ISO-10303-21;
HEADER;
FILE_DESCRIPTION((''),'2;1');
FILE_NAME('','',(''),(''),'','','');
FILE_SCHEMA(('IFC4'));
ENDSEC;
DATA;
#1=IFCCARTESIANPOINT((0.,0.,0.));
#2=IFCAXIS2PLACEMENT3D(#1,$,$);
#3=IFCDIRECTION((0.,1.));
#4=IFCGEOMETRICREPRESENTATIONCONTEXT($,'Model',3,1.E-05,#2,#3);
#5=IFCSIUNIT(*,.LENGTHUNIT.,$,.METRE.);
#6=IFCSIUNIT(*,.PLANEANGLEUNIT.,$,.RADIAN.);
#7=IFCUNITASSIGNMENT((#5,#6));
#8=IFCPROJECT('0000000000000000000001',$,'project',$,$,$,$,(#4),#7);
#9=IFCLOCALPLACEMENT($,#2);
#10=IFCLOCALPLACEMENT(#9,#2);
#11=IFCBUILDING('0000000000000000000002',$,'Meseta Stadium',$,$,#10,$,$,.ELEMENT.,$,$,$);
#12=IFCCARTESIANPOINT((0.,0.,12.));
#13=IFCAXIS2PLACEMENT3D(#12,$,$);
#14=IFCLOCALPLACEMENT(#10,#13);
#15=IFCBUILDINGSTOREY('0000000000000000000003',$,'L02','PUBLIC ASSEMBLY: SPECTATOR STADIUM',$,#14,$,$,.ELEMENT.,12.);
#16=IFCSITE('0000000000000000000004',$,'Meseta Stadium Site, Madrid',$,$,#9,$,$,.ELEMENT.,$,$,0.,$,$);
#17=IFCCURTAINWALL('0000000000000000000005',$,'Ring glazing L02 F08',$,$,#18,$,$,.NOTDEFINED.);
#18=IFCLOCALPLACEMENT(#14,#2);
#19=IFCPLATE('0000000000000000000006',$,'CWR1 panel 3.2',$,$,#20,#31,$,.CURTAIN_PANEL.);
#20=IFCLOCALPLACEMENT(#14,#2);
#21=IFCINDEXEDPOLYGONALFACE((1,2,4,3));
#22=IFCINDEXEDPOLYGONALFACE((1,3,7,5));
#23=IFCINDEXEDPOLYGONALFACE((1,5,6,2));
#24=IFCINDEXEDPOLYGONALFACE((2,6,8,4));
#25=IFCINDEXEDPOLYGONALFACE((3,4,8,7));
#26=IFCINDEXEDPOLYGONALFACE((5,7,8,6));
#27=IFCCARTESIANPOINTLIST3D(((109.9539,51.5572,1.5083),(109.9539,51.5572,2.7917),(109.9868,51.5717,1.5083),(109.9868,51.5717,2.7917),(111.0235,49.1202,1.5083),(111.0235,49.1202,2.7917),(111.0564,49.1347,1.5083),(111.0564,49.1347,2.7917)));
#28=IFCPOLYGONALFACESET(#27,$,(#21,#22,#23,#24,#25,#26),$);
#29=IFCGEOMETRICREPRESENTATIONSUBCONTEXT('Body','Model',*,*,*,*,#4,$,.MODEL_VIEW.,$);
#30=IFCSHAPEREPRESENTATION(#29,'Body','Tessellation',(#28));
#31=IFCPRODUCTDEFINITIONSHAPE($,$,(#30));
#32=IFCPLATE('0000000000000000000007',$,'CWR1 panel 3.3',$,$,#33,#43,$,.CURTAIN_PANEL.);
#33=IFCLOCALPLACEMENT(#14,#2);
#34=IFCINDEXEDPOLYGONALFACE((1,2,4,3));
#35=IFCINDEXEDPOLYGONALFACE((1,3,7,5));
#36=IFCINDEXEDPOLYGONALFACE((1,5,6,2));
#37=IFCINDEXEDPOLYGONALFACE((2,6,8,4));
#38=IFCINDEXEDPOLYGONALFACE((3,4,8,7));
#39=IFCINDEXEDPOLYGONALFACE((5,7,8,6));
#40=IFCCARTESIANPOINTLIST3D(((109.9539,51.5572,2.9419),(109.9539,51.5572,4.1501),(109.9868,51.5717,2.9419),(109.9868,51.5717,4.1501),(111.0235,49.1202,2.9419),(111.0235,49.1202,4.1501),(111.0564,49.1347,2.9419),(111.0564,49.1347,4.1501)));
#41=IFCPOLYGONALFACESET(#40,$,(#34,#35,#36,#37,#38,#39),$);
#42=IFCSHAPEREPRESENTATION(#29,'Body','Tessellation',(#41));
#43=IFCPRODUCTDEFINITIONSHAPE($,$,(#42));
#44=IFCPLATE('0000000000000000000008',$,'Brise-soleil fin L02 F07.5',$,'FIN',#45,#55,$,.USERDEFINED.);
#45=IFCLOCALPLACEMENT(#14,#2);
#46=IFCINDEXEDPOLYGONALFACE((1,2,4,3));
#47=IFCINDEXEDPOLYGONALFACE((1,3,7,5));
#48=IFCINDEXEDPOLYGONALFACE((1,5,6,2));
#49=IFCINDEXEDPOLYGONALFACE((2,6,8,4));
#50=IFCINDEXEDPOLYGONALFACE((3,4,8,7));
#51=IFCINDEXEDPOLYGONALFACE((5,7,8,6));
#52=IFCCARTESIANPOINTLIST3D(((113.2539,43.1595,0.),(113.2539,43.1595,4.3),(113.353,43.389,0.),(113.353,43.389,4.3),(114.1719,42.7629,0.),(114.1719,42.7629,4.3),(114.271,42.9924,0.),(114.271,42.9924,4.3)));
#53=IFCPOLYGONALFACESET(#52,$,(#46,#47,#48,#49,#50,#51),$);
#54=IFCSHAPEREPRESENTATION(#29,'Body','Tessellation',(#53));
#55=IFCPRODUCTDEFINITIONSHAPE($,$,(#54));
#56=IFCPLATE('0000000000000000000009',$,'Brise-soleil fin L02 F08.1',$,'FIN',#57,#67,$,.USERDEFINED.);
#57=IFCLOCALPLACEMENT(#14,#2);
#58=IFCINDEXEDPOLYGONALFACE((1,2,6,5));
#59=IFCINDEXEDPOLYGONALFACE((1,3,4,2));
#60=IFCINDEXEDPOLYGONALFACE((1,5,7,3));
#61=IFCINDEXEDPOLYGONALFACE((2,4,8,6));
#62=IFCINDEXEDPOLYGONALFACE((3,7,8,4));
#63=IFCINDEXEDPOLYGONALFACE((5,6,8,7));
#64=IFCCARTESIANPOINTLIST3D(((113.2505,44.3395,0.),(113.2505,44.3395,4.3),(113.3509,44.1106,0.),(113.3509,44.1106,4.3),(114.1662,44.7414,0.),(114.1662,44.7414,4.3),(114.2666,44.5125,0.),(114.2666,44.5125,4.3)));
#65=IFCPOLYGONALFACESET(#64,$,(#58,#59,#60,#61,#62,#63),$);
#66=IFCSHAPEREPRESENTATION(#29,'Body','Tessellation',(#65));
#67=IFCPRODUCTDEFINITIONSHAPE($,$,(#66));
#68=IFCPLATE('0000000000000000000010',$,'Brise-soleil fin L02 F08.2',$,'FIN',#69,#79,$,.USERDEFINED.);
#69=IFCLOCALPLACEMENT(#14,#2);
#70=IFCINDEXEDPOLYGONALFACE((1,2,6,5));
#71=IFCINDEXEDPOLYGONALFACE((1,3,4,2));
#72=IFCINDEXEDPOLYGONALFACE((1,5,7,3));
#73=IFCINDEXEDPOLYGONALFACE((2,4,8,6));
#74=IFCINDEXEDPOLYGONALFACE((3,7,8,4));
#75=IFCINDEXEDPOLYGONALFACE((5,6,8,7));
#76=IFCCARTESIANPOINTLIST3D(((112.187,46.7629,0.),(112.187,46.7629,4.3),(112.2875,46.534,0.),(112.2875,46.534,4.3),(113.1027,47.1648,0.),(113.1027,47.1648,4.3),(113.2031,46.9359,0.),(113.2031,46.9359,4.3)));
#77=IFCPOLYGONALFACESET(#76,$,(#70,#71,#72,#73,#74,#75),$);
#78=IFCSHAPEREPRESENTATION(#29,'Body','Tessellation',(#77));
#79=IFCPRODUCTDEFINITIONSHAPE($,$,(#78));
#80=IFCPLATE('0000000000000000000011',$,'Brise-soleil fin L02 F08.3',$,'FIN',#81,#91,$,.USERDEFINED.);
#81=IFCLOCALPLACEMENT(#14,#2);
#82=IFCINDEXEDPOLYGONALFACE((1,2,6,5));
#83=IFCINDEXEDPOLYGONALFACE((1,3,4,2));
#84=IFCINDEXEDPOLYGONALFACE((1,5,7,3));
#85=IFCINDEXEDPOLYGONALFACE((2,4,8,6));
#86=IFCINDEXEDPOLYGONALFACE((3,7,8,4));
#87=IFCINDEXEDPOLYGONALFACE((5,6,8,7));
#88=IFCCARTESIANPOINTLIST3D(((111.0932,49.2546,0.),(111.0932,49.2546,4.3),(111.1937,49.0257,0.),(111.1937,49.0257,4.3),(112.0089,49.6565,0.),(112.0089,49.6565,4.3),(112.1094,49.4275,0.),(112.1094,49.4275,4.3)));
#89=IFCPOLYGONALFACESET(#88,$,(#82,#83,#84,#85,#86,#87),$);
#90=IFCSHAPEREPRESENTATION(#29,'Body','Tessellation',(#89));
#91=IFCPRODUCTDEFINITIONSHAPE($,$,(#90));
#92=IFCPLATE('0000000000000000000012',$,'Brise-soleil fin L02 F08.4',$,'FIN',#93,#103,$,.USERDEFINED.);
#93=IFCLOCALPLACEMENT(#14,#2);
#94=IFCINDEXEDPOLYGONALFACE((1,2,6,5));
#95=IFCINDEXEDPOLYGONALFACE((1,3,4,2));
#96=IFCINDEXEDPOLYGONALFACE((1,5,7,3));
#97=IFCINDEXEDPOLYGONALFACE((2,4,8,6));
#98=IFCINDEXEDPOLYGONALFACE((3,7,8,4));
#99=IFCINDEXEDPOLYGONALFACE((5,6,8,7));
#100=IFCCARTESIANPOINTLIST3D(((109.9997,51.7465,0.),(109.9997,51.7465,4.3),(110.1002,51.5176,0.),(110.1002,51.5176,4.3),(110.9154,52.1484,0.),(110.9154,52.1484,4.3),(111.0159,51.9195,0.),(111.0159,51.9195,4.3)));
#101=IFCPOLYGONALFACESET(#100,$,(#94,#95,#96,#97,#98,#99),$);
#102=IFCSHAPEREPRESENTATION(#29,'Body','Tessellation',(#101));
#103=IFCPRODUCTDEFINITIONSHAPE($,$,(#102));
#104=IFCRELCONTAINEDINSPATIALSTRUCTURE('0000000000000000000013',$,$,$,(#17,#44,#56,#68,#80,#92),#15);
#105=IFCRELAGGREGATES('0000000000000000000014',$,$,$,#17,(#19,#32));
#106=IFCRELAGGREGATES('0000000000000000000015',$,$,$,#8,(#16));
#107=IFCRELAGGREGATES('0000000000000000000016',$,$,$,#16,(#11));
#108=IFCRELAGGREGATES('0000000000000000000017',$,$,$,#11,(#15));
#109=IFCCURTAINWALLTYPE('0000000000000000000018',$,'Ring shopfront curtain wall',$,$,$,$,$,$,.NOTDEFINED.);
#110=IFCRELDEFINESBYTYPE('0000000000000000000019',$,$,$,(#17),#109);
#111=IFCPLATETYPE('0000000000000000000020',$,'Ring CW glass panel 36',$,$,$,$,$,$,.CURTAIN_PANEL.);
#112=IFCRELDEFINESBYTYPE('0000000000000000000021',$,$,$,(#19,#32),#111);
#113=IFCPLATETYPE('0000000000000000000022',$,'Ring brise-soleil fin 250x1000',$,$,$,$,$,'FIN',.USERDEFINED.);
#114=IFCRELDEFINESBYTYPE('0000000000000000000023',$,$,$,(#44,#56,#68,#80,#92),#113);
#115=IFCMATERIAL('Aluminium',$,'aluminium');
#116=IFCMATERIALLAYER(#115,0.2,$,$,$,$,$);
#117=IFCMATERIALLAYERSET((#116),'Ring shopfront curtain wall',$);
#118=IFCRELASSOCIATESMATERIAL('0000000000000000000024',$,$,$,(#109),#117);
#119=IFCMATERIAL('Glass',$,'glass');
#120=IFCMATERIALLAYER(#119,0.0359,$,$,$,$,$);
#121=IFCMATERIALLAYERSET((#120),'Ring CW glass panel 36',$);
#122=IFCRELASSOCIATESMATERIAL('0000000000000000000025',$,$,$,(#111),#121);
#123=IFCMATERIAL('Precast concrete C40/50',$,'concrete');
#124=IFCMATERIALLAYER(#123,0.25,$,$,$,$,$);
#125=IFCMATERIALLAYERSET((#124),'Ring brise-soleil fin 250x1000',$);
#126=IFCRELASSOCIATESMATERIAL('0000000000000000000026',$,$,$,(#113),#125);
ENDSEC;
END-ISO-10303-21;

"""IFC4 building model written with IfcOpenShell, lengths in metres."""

from ifc_helpers import new_model, si_unit, direction, frame, origin, origin_2d, place, context, subcontext, project, spatial, rectangle, extrude, material, layer, layer_set, type_object, element, aggregate, save


model = new_model("IFC4")

# Units and contexts
model_context = context("Model", 3, precision=1e-05, world=origin(), true_north=direction((0.0, 1.0)))
body_context = subcontext(model_context, "Body", "Model", "MODEL_VIEW")
ifc_project = project(units=[si_unit("LENGTHUNIT", "METRE"), si_unit("PLANEANGLEUNIT", "RADIAN")], contexts=[model_context])

# Site, building, storey
site_placement = place(None, origin())
site = spatial("IfcSite", under=ifc_project, at=site_placement, Name="Meseta Stadium Site, Madrid", CompositionType="ELEMENT", RefElevation=0.0)
building_placement = place(site_placement, origin())
building = spatial("IfcBuilding", under=site, at=building_placement, Name="Meseta Stadium", CompositionType="ELEMENT")
storey_placement = place(building_placement, frame((0.0, 0.0, 12.0)))
storey = spatial("IfcBuildingStorey", under=building, at=storey_placement, Name="L02", Description="PUBLIC ASSEMBLY: SPECTATOR STADIUM", CompositionType="ELEMENT", Elevation=12.0)

# Shared definitions
ifc_material_1 = material(Name="Aluminium", Category="aluminium")
ifc_layer_1 = layer(ifc_material_1, 0.2)
ifc_layer_set_1 = layer_set([ifc_layer_1], Name="Ring shopfront curtain wall")
curtain_wall_type = type_object("IfcCurtainWallType", Name="Ring shopfront curtain wall", PredefinedType="NOTDEFINED", material=ifc_layer_set_1)

# Curtain wall, plates
curtain_wall_1_placement = place(storey_placement, origin())
curtain_wall_1 = element("IfcCurtainWall", 1, at=curtain_wall_1_placement, inside=storey, type_object=curtain_wall_type, Name="Ring glazing L02 F08", PredefinedType="NOTDEFINED")
ifc_material_2 = material(Name="Glass", Category="glass")
ifc_layer_2 = layer(ifc_material_2, 0.0359)
ifc_layer_set_2 = layer_set([ifc_layer_2], Name="Ring CW glass panel 36")
plate_type_1 = type_object("IfcPlateType", Name="Ring CW glass panel 36", PredefinedType="CURTAIN_PANEL", material=ifc_layer_set_2)
plate_1_placement = place(storey_placement, frame((110.5051, 50.3459, 1.5083), z_axis=(0.0, 0.0, 1.0), x_axis=(-0.401892, 0.915687, 0.0)))
plate_1 = element("IfcPlate", 2, at=plate_1_placement, type_object=plate_type_1, Name="CWR1 panel 3.2", PredefinedType="CURTAIN_PANEL", context=body_context, shape_type="SweptSolid", body=[
    extrude(rectangle(XDim=2.6614, YDim=0.0359, at=origin_2d()), origin(), (0.0, 0.0, 1.0), 1.2834),
])
plate_2_placement = place(storey_placement, frame((110.5051, 50.3459, 2.9419), z_axis=(0.0, 0.0, 1.0), x_axis=(-0.401892, 0.915687, 0.0)))
plate_2 = element("IfcPlate", 3, at=plate_2_placement, type_object=plate_type_1, Name="CWR1 panel 3.3", PredefinedType="CURTAIN_PANEL", context=body_context, shape_type="SweptSolid", body=[
    extrude(rectangle(XDim=2.6614, YDim=0.0359, at=origin_2d()), origin(), (0.0, 0.0, 1.0), 1.2083),
])
aggregate(curtain_wall_1, [plate_1, plate_2])

# Plates
ifc_material_3 = material(Name="Precast concrete C40/50", Category="concrete")
ifc_layer_3 = layer(ifc_material_3, 0.25)
ifc_layer_set_3 = layer_set([ifc_layer_3], Name="Ring brise-soleil fin 250x1000")
plate_type_2 = type_object("IfcPlateType", Name="Ring brise-soleil fin 250x1000", ElementType="FIN", PredefinedType="USERDEFINED", material=ifc_layer_set_3)
for number, where, z_axis, x_axis, name in (
    (4, (113.7625, 43.0759, 0.0), (0.0, 0.0, 1.0), (0.396576, 0.918002, 0.0), "Brise-soleil fin L02 F07.5"),
    (5, (113.7585, 44.426, 0.0), (0.0, 0.0, 1.0), (-0.401892, 0.915687, 0.0), "Brise-soleil fin L02 F08.1"),
    (6, (112.6951, 46.8494, 0.0), (0.0, 0.0, 1.0), (-0.401892, 0.915687, 0.0), "Brise-soleil fin L02 F08.2"),
    (7, (111.6013, 49.3411, 0.0), (0.0, 0.0, 1.0), (-0.401892, 0.915687, 0.0), "Brise-soleil fin L02 F08.3"),
    (8, (110.5078, 51.833, 0.0), (0.0, 0.0, 1.0), (-0.401892, 0.915687, 0.0), "Brise-soleil fin L02 F08.4"),
):
    element("IfcPlate", number, at=place(storey_placement, frame(where, z_axis=z_axis, x_axis=x_axis)), inside=storey, type_object=plate_type_2, Name=name, ObjectType="FIN", PredefinedType="USERDEFINED", context=body_context, shape_type="SweptSolid", body=[
        extrude(rectangle(XDim=0.25, YDim=1.0, at=origin_2d()), origin(), (0.0, 0.0, 1.0), 4.3),
    ])

save(model, "model.ifc")
